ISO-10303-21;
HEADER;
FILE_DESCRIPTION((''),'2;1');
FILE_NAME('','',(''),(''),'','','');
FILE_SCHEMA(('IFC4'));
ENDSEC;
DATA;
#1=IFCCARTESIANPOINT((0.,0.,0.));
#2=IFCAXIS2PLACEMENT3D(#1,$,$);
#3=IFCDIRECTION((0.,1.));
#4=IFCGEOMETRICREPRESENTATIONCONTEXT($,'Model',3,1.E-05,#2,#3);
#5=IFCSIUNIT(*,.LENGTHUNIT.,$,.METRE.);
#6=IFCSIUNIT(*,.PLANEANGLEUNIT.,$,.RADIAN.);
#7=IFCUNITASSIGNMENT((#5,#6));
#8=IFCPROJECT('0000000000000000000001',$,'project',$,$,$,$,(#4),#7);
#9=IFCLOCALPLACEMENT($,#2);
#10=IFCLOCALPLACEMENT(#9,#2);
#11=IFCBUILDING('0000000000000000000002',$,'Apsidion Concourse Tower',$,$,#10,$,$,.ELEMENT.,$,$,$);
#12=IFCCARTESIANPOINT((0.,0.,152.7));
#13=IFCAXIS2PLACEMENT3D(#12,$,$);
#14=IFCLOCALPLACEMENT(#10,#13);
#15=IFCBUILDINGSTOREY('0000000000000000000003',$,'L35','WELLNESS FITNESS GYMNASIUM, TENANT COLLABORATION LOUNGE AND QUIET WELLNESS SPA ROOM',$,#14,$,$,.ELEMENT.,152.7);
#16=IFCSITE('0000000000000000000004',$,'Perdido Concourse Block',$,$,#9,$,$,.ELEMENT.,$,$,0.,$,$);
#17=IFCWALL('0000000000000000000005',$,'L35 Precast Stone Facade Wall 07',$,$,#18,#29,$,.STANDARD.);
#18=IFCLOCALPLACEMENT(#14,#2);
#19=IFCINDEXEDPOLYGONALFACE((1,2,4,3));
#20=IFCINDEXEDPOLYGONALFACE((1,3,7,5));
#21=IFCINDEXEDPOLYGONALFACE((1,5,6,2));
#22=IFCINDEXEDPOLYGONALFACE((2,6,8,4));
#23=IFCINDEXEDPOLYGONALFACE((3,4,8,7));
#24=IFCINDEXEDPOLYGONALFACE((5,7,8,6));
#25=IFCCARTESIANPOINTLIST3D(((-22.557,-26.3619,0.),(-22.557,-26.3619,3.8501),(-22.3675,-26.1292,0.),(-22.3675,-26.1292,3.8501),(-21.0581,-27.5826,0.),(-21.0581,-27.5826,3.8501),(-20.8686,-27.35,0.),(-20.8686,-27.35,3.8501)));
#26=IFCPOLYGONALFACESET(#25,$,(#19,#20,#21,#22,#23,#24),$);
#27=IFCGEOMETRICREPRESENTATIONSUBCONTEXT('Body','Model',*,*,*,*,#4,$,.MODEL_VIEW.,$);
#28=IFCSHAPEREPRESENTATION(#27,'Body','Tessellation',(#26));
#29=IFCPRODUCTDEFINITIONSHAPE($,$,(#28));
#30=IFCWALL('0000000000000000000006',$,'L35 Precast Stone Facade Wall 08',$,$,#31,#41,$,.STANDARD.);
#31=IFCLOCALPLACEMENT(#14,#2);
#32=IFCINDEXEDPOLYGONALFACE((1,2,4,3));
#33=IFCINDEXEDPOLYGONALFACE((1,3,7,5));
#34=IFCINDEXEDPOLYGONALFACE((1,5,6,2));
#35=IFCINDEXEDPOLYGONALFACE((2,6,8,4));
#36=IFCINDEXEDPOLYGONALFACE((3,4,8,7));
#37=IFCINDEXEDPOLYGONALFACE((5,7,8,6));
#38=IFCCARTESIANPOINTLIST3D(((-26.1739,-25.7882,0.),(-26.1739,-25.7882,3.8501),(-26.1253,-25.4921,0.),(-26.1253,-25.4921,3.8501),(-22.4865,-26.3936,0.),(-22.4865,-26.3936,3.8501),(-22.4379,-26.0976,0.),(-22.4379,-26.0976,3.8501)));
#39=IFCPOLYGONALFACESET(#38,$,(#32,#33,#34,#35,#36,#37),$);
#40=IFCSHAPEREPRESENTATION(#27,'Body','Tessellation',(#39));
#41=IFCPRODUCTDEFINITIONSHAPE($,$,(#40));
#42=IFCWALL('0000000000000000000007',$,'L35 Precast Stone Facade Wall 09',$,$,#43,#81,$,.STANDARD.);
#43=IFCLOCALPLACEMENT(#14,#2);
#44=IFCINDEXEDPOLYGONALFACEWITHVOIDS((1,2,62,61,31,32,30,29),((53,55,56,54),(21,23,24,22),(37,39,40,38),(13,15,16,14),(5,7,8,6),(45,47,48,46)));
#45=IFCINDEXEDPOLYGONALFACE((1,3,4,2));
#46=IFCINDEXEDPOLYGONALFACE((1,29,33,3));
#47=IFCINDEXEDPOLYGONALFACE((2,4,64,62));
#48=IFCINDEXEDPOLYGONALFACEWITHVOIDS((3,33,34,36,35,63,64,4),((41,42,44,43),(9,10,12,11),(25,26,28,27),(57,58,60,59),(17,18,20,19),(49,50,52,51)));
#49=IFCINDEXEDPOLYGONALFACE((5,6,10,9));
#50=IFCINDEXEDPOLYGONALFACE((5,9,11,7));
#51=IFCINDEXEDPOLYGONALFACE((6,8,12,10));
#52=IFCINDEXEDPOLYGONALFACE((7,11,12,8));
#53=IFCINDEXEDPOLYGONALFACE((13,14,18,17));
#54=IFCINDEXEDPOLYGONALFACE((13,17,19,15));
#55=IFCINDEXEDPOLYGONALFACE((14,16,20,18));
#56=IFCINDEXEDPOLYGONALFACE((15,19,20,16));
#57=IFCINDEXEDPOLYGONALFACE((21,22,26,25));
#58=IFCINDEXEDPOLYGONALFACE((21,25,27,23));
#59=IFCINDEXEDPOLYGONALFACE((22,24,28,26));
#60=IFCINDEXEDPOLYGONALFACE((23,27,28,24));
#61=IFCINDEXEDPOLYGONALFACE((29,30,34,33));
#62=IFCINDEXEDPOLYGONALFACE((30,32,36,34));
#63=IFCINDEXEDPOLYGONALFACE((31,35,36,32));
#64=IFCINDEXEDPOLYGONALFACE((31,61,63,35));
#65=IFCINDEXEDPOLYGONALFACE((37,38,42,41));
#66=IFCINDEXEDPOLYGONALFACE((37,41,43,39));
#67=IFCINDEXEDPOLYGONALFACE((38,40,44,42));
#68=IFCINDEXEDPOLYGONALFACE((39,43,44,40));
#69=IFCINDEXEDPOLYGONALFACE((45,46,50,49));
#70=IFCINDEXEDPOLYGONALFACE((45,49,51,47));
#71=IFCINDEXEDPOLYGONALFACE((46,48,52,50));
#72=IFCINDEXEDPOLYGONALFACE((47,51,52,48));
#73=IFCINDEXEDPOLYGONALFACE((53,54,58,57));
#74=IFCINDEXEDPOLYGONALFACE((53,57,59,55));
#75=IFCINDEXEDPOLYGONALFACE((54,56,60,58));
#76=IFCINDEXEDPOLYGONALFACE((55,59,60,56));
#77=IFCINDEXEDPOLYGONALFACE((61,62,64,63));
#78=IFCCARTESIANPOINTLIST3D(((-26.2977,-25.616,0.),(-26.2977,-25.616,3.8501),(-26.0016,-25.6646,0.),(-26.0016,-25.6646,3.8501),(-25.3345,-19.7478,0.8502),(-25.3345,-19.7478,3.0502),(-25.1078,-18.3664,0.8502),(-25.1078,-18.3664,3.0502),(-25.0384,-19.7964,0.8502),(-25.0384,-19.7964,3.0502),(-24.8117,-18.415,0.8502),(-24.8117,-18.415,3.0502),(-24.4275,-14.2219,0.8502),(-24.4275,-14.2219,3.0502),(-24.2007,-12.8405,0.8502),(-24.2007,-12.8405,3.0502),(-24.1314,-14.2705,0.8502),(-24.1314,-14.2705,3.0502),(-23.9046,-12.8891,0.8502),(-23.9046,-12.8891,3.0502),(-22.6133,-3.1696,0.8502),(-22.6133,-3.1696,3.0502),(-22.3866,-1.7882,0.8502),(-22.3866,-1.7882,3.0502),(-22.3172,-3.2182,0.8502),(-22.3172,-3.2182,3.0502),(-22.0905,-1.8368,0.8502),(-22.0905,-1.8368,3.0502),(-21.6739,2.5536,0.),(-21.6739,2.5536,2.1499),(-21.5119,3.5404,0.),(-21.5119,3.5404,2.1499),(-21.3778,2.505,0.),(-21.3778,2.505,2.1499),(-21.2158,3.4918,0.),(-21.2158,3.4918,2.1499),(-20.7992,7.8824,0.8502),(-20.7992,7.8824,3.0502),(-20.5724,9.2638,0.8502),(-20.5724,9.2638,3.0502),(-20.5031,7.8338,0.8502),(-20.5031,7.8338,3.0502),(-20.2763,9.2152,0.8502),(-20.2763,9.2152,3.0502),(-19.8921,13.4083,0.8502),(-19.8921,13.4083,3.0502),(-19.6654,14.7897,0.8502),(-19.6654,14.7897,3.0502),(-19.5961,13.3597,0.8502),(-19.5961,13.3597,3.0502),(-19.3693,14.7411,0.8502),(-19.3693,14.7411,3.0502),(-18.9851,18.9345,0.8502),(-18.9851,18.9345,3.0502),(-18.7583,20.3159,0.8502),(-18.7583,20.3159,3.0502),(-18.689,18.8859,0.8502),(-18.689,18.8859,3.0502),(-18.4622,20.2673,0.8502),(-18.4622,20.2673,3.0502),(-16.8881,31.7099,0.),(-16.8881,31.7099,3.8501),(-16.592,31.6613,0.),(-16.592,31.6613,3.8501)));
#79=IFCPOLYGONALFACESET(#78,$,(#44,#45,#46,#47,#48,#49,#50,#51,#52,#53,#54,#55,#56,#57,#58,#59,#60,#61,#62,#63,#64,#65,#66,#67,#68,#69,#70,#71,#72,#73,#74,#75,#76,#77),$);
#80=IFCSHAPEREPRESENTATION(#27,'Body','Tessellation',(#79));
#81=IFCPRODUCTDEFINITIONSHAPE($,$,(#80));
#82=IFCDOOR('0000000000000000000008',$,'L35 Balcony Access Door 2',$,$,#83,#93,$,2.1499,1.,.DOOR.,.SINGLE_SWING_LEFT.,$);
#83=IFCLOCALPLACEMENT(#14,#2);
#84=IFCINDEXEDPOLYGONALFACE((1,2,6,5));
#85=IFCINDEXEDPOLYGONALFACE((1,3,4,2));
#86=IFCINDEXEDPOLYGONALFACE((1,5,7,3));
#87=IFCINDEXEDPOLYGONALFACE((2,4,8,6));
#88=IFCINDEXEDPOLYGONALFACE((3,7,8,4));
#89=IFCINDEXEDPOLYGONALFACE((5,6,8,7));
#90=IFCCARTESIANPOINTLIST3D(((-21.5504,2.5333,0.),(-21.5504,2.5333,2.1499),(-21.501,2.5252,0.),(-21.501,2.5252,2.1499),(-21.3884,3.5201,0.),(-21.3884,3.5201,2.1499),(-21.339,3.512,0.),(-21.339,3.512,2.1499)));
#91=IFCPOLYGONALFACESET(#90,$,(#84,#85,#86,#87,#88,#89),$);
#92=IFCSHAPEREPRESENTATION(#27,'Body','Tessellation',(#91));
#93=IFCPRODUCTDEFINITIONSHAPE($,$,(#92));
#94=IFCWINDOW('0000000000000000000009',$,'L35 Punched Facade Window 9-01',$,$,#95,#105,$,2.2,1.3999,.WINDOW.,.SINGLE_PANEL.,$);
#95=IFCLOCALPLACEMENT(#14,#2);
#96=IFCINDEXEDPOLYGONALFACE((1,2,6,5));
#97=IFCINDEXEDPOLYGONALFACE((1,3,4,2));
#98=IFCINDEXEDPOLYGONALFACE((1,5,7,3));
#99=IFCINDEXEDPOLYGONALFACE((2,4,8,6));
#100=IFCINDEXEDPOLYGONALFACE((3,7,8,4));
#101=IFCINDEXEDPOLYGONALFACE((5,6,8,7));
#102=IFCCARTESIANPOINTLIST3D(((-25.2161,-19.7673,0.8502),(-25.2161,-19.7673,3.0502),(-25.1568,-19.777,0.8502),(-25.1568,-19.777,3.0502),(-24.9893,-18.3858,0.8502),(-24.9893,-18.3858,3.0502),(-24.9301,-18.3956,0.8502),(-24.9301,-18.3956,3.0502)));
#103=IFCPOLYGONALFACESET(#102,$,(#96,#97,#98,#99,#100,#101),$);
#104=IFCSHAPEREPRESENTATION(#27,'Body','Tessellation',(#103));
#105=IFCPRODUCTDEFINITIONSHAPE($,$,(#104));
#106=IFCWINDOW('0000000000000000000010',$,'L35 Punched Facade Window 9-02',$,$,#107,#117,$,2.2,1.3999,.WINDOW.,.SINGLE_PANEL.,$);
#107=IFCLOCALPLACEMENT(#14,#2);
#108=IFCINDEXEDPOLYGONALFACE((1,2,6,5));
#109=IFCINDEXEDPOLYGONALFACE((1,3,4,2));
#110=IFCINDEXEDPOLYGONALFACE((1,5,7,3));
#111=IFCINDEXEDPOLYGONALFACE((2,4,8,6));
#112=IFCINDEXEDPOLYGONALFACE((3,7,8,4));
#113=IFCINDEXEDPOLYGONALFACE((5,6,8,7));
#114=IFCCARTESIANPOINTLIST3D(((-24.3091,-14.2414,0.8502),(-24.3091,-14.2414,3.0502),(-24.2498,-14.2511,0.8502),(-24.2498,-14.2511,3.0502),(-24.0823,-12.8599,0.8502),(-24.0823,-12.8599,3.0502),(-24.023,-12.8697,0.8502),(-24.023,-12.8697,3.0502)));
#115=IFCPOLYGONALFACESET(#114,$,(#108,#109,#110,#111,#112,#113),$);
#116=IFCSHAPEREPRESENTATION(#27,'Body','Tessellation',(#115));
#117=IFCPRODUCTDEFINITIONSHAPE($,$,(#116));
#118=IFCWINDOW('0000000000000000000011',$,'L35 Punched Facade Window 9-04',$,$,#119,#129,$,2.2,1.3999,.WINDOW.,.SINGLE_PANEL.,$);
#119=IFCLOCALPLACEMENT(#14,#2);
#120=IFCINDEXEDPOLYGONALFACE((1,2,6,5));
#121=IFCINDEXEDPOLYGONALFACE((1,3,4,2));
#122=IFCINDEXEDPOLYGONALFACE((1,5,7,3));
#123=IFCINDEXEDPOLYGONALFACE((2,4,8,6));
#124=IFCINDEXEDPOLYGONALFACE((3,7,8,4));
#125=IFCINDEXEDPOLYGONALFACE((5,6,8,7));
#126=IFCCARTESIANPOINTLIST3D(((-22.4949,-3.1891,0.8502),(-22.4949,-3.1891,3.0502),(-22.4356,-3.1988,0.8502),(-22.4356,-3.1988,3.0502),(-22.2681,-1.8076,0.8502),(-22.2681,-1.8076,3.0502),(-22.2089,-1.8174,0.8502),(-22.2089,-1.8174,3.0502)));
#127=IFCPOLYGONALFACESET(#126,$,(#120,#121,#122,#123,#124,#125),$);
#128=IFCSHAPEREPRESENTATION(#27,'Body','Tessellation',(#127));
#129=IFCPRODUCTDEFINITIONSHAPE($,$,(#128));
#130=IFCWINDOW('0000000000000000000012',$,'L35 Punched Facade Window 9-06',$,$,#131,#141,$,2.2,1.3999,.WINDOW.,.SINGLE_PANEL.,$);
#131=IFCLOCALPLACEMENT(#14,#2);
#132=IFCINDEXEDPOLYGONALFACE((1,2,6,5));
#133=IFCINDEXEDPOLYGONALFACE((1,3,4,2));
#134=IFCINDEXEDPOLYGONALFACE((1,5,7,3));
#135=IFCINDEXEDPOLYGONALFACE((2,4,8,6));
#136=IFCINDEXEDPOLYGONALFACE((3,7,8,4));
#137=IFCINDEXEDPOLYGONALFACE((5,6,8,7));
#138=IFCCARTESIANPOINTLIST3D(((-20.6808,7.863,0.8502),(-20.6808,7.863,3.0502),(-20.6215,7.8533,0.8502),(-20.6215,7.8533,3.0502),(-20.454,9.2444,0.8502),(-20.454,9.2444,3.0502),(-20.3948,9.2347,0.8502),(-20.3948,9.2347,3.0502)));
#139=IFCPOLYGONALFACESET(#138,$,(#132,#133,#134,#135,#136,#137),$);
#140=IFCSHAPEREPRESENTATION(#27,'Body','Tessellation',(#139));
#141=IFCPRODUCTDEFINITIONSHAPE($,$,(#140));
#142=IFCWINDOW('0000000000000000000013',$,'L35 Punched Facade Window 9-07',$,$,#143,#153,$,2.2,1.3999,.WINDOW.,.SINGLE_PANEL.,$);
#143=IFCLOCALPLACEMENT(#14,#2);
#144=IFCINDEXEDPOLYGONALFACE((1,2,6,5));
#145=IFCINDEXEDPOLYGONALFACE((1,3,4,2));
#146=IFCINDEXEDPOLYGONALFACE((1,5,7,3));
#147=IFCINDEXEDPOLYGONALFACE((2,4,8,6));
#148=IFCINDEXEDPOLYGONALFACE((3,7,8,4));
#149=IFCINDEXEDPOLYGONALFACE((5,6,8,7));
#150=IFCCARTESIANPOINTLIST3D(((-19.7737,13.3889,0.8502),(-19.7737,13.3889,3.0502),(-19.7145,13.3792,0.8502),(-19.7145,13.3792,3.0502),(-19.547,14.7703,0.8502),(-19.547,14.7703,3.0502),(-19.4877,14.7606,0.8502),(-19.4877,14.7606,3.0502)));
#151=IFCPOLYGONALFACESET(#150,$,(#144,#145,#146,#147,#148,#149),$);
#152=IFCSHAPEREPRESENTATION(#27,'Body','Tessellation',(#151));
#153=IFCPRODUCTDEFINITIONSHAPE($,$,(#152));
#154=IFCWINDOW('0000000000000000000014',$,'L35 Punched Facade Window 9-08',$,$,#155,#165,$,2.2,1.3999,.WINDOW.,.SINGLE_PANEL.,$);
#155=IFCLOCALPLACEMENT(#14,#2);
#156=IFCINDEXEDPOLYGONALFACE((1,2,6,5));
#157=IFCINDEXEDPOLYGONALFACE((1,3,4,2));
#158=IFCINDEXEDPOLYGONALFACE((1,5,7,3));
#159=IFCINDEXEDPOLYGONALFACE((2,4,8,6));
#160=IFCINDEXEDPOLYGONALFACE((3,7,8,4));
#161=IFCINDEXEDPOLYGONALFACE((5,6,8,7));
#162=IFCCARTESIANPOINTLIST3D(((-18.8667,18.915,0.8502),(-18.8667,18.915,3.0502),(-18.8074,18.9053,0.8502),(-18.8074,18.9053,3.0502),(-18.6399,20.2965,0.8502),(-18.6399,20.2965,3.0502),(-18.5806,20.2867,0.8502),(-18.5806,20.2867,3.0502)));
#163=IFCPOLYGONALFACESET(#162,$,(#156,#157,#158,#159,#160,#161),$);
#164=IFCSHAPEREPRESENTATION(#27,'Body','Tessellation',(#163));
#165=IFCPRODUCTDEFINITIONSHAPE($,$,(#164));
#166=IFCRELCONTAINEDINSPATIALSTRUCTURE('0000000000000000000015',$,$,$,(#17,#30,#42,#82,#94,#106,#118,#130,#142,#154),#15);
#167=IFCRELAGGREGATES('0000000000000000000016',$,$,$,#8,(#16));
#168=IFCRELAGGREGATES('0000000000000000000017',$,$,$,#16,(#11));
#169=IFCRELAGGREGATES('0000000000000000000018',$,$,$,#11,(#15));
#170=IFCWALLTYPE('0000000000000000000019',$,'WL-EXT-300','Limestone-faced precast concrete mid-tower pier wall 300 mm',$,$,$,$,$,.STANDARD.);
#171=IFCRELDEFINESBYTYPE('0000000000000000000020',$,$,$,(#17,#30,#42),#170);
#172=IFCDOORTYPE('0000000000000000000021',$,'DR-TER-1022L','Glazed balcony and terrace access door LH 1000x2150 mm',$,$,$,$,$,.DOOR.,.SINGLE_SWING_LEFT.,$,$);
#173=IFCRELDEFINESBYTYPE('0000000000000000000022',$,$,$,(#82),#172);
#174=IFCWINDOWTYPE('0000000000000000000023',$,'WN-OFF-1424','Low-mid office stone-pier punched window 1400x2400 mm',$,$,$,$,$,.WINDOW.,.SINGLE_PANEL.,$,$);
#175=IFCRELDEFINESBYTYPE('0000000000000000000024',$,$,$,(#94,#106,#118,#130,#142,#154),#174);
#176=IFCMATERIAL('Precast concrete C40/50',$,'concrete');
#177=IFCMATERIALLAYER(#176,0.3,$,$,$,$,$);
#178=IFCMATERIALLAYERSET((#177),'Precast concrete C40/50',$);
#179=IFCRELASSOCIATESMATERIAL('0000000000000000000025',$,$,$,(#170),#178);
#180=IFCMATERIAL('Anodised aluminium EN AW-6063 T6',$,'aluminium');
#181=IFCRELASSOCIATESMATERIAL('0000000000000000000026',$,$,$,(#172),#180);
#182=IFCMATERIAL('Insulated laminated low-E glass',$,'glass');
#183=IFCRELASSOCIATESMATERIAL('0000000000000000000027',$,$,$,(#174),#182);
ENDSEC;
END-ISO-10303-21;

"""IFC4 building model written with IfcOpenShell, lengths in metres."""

from ifc_helpers import new_model, si_unit, direction, frame, frame_2d, origin, place, context, subcontext, project, spatial, rectangle, extrude, material, layer, layer_set, type_object, element, fill, save


model = new_model("IFC4")

# Units and contexts
model_context = context("Model", 3, precision=1e-05, world=origin(), true_north=direction((0.0, 1.0)))
body_context = subcontext(model_context, "Body", "Model", "MODEL_VIEW")
ifc_project = project(units=[si_unit("LENGTHUNIT", "METRE"), si_unit("PLANEANGLEUNIT", "RADIAN")], contexts=[model_context])

# Site, building, storey
site_placement = place(None, origin())
site = spatial("IfcSite", under=ifc_project, at=site_placement, Name="Perdido Concourse Block", CompositionType="ELEMENT", RefElevation=0.0)
building_placement = place(site_placement, origin())
building = spatial("IfcBuilding", under=site, at=building_placement, Name="Apsidion Concourse Tower", CompositionType="ELEMENT")
storey_placement = place(building_placement, frame((0.0, 0.0, 152.7)))
storey = spatial("IfcBuildingStorey", under=building, at=storey_placement, Name="L35", Description="WELLNESS FITNESS GYMNASIUM, TENANT COLLABORATION LOUNGE AND QUIET WELLNESS SPA ROOM", CompositionType="ELEMENT", Elevation=152.7)

# Walls
ifc_material_1 = material(Name="Precast concrete C40/50", Category="concrete")
ifc_layer_1 = layer(ifc_material_1, 0.3)
ifc_layer_set_1 = layer_set([ifc_layer_1], Name="Precast concrete C40/50")
wall_type_1 = type_object("IfcWallType", Name="WL-EXT-300", Description="Limestone-faced precast concrete mid-tower pier wall 300 mm", PredefinedType="STANDARD", material=ifc_layer_set_1)
wall_1_placement = place(storey_placement, frame((-20.9634, -27.4663, 0.0), z_axis=(0.0, 0.0, 1.0), x_axis=(-0.775368, 0.63151, 0.0)))
element("IfcWall", 1, at=wall_1_placement, inside=storey, type_object=wall_type_1, Name="L35 Precast Stone Facade Wall 07", PredefinedType="STANDARD", context=body_context, shape_type="SweptSolid", body=[
    extrude(rectangle(XDim=1.9331, YDim=0.3, at=frame_2d((0.9666, 0.0))), origin(), (0.0, 0.0, 1.0), 3.8501),
])
wall_2_placement = place(storey_placement, frame((-22.4622, -26.2456, 0.0), z_axis=(0.0, 0.0, 1.0), x_axis=(-0.986787, 0.162025, 0.0)))
element("IfcWall", 2, at=wall_2_placement, inside=storey, type_object=wall_type_1, Name="L35 Precast Stone Facade Wall 08", PredefinedType="STANDARD", context=body_context, shape_type="SweptSolid", body=[
    extrude(rectangle(XDim=3.7368, YDim=0.3, at=frame_2d((1.8684, 0.0))), origin(), (0.0, 0.0, 1.0), 3.8501),
])

# Wall, openings, door, windows
wall_3_placement = place(storey_placement, frame((-26.1497, -25.6401, 0.0), z_axis=(0.0, 0.0, 1.0), x_axis=(0.161976, 0.986795, 0.0)))
wall_3 = element("IfcWall", 3, at=wall_3_placement, inside=storey, type_object=wall_type_1, Name="L35 Precast Stone Facade Wall 09", PredefinedType="STANDARD", context=body_context, shape_type="SweptSolid", body=[
    extrude(rectangle(XDim=58.093, YDim=0.3, at=frame_2d((29.0464, 0.0))), origin(), (0.0, 0.0, 1.0), 3.8501),
])
opening_1_placement = place(wall_3_placement, frame((28.5464, 0.0, 0.0)))
opening_1 = element("IfcOpeningElement", 4, at=opening_1_placement, cuts=wall_3, PredefinedType="OPENING", context=body_context, shape_type="SweptSolid", body=[
    extrude(rectangle(XDim=1.0, YDim=2.1499, at=frame_2d((0.5, 1.075))), frame((0.0, 0.1602, 0.0), z_axis=(0.0, -1.0, 0.0), x_axis=(1.0, 0.0, 0.0)), (0.0, 0.0, 1.0), 0.3201),
])
opening_2_placement = place(wall_3_placement, frame((5.9465, 0.0, 0.8501)))
opening_2 = element("IfcOpeningElement", 5, at=opening_2_placement, cuts=wall_3, PredefinedType="OPENING", context=body_context, shape_type="SweptSolid", body=[
    extrude(rectangle(XDim=1.3999, YDim=2.2, at=frame_2d((0.7, 1.1001))), frame((0.0, 0.1602, 0.0), z_axis=(0.0, -1.0, 0.0), x_axis=(1.0, 0.0, 0.0)), (0.0, 0.0, 1.0), 0.3201),
])
opening_3_placement = place(wall_3_placement, frame((11.5464, 0.0, 0.8501)))
opening_3 = element("IfcOpeningElement", 6, at=opening_3_placement, cuts=wall_3, PredefinedType="OPENING", context=body_context, shape_type="SweptSolid", body=[
    extrude(rectangle(XDim=1.3999, YDim=2.2, at=frame_2d((0.7, 1.1001))), frame((0.0, 0.1602, 0.0), z_axis=(0.0, -1.0, 0.0), x_axis=(1.0, 0.0, 0.0)), (0.0, 0.0, 1.0), 0.3201),
])
opening_4_placement = place(wall_3_placement, frame((22.7466, 0.0, 0.8501)))
opening_4 = element("IfcOpeningElement", 7, at=opening_4_placement, cuts=wall_3, PredefinedType="OPENING", context=body_context, shape_type="SweptSolid", body=[
    extrude(rectangle(XDim=1.3999, YDim=2.2, at=frame_2d((0.7, 1.1001))), frame((0.0, 0.1602, 0.0), z_axis=(0.0, -1.0, 0.0), x_axis=(1.0, 0.0, 0.0)), (0.0, 0.0, 1.0), 0.3201),
])
opening_5_placement = place(wall_3_placement, frame((33.9465, 0.0, 0.8501)))
opening_5 = element("IfcOpeningElement", 8, at=opening_5_placement, cuts=wall_3, PredefinedType="OPENING", context=body_context, shape_type="SweptSolid", body=[
    extrude(rectangle(XDim=1.3999, YDim=2.2, at=frame_2d((0.7, 1.1001))), frame((0.0, 0.1602, 0.0), z_axis=(0.0, -1.0, 0.0), x_axis=(1.0, 0.0, 0.0)), (0.0, 0.0, 1.0), 0.3201),
])
opening_6_placement = place(wall_3_placement, frame((39.5464, 0.0, 0.8501)))
opening_6 = element("IfcOpeningElement", 9, at=opening_6_placement, cuts=wall_3, PredefinedType="OPENING", context=body_context, shape_type="SweptSolid", body=[
    extrude(rectangle(XDim=1.3999, YDim=2.2, at=frame_2d((0.7, 1.1001))), frame((0.0, 0.1602, 0.0), z_axis=(0.0, -1.0, 0.0), x_axis=(1.0, 0.0, 0.0)), (0.0, 0.0, 1.0), 0.3201),
])
opening_7_placement = place(wall_3_placement, frame((45.1465, 0.0, 0.8501)))
opening_7 = element("IfcOpeningElement", 10, at=opening_7_placement, cuts=wall_3, PredefinedType="OPENING", context=body_context, shape_type="SweptSolid", body=[
    extrude(rectangle(XDim=1.3999, YDim=2.2, at=frame_2d((0.7, 1.1001))), frame((0.0, 0.1602, 0.0), z_axis=(0.0, -1.0, 0.0), x_axis=(1.0, 0.0, 0.0)), (0.0, 0.0, 1.0), 0.3201),
])
ifc_material_2 = material(Name="Anodised aluminium EN AW-6063 T6", Category="aluminium")
door_type_1 = type_object("IfcDoorType", Name="DR-TER-1022L", Description="Glazed balcony and terrace access door LH 1000x2150 mm", OperationType="SINGLE_SWING_LEFT", PredefinedType="DOOR", material=ifc_material_2)
door_1_placement = place(opening_1_placement, origin())
door_1 = element("IfcDoor", 11, at=door_1_placement, inside=storey, type_object=door_type_1, Name="L35 Balcony Access Door 2", OperationType="SINGLE_SWING_LEFT", OverallHeight=2.1499, OverallWidth=1.0, PredefinedType="DOOR", context=body_context, shape_type="SweptSolid", body=[
    extrude(rectangle(XDim=1.0, YDim=2.1499, at=frame_2d((0.5, 1.075))), frame((0.0, 0.0249, 0.0), z_axis=(0.0, -1.0, 0.0), x_axis=(1.0, 0.0, 0.0)), (0.0, 0.0, 1.0), 0.05),
])
fill(opening_1, door_1)
ifc_material_3 = material(Name="Insulated laminated low-E glass", Category="glass")
window_type = type_object("IfcWindowType", Name="WN-OFF-1424", Description="Low-mid office stone-pier punched window 1400x2400 mm", PartitioningType="SINGLE_PANEL", PredefinedType="WINDOW", material=ifc_material_3)
window_1_placement = place(opening_2_placement, origin())
window_1 = element("IfcWindow", 12, at=window_1_placement, inside=storey, type_object=window_type, Name="L35 Punched Facade Window 9-01", OverallHeight=2.2, OverallWidth=1.3999, PartitioningType="SINGLE_PANEL", PredefinedType="WINDOW", context=body_context, shape_type="SweptSolid", body=[
    extrude(rectangle(XDim=1.3999, YDim=2.2, at=frame_2d((0.7, 1.1001))), frame((0.0, 0.03, 0.0), z_axis=(0.0, -1.0, 0.0), x_axis=(1.0, 0.0, 0.0)), (0.0, 0.0, 1.0), 0.0601),
])
fill(opening_2, window_1)
window_2_placement = place(opening_3_placement, origin())
window_2 = element("IfcWindow", 13, at=window_2_placement, inside=storey, type_object=window_type, Name="L35 Punched Facade Window 9-02", OverallHeight=2.2, OverallWidth=1.3999, PartitioningType="SINGLE_PANEL", PredefinedType="WINDOW", context=body_context, shape_type="SweptSolid", body=[
    extrude(rectangle(XDim=1.3999, YDim=2.2, at=frame_2d((0.7, 1.1001))), frame((0.0, 0.03, 0.0), z_axis=(0.0, -1.0, 0.0), x_axis=(1.0, 0.0, 0.0)), (0.0, 0.0, 1.0), 0.0601),
])
fill(opening_3, window_2)
window_3_placement = place(opening_4_placement, origin())
window_3 = element("IfcWindow", 14, at=window_3_placement, inside=storey, type_object=window_type, Name="L35 Punched Facade Window 9-04", OverallHeight=2.2, OverallWidth=1.3999, PartitioningType="SINGLE_PANEL", PredefinedType="WINDOW", context=body_context, shape_type="SweptSolid", body=[
    extrude(rectangle(XDim=1.3999, YDim=2.2, at=frame_2d((0.7, 1.1001))), frame((0.0, 0.03, 0.0), z_axis=(0.0, -1.0, 0.0), x_axis=(1.0, 0.0, 0.0)), (0.0, 0.0, 1.0), 0.0601),
])
fill(opening_4, window_3)
window_4_placement = place(opening_5_placement, origin())
window_4 = element("IfcWindow", 15, at=window_4_placement, inside=storey, type_object=window_type, Name="L35 Punched Facade Window 9-06", OverallHeight=2.2, OverallWidth=1.3999, PartitioningType="SINGLE_PANEL", PredefinedType="WINDOW", context=body_context, shape_type="SweptSolid", body=[
    extrude(rectangle(XDim=1.3999, YDim=2.2, at=frame_2d((0.7, 1.1001))), frame((0.0, 0.03, 0.0), z_axis=(0.0, -1.0, 0.0), x_axis=(1.0, 0.0, 0.0)), (0.0, 0.0, 1.0), 0.0601),
])
fill(opening_5, window_4)
window_5_placement = place(opening_6_placement, origin())
window_5 = element("IfcWindow", 16, at=window_5_placement, inside=storey, type_object=window_type, Name="L35 Punched Facade Window 9-07", OverallHeight=2.2, OverallWidth=1.3999, PartitioningType="SINGLE_PANEL", PredefinedType="WINDOW", context=body_context, shape_type="SweptSolid", body=[
    extrude(rectangle(XDim=1.3999, YDim=2.2, at=frame_2d((0.7, 1.1001))), frame((0.0, 0.03, 0.0), z_axis=(0.0, -1.0, 0.0), x_axis=(1.0, 0.0, 0.0)), (0.0, 0.0, 1.0), 0.0601),
])
fill(opening_6, window_5)
window_6_placement = place(opening_7_placement, origin())
window_6 = element("IfcWindow", 17, at=window_6_placement, inside=storey, type_object=window_type, Name="L35 Punched Facade Window 9-08", OverallHeight=2.2, OverallWidth=1.3999, PartitioningType="SINGLE_PANEL", PredefinedType="WINDOW", context=body_context, shape_type="SweptSolid", body=[
    extrude(rectangle(XDim=1.3999, YDim=2.2, at=frame_2d((0.7, 1.1001))), frame((0.0, 0.03, 0.0), z_axis=(0.0, -1.0, 0.0), x_axis=(1.0, 0.0, 0.0)), (0.0, 0.0, 1.0), 0.0601),
])
fill(opening_7, window_6)

save(model, "model.ifc")
